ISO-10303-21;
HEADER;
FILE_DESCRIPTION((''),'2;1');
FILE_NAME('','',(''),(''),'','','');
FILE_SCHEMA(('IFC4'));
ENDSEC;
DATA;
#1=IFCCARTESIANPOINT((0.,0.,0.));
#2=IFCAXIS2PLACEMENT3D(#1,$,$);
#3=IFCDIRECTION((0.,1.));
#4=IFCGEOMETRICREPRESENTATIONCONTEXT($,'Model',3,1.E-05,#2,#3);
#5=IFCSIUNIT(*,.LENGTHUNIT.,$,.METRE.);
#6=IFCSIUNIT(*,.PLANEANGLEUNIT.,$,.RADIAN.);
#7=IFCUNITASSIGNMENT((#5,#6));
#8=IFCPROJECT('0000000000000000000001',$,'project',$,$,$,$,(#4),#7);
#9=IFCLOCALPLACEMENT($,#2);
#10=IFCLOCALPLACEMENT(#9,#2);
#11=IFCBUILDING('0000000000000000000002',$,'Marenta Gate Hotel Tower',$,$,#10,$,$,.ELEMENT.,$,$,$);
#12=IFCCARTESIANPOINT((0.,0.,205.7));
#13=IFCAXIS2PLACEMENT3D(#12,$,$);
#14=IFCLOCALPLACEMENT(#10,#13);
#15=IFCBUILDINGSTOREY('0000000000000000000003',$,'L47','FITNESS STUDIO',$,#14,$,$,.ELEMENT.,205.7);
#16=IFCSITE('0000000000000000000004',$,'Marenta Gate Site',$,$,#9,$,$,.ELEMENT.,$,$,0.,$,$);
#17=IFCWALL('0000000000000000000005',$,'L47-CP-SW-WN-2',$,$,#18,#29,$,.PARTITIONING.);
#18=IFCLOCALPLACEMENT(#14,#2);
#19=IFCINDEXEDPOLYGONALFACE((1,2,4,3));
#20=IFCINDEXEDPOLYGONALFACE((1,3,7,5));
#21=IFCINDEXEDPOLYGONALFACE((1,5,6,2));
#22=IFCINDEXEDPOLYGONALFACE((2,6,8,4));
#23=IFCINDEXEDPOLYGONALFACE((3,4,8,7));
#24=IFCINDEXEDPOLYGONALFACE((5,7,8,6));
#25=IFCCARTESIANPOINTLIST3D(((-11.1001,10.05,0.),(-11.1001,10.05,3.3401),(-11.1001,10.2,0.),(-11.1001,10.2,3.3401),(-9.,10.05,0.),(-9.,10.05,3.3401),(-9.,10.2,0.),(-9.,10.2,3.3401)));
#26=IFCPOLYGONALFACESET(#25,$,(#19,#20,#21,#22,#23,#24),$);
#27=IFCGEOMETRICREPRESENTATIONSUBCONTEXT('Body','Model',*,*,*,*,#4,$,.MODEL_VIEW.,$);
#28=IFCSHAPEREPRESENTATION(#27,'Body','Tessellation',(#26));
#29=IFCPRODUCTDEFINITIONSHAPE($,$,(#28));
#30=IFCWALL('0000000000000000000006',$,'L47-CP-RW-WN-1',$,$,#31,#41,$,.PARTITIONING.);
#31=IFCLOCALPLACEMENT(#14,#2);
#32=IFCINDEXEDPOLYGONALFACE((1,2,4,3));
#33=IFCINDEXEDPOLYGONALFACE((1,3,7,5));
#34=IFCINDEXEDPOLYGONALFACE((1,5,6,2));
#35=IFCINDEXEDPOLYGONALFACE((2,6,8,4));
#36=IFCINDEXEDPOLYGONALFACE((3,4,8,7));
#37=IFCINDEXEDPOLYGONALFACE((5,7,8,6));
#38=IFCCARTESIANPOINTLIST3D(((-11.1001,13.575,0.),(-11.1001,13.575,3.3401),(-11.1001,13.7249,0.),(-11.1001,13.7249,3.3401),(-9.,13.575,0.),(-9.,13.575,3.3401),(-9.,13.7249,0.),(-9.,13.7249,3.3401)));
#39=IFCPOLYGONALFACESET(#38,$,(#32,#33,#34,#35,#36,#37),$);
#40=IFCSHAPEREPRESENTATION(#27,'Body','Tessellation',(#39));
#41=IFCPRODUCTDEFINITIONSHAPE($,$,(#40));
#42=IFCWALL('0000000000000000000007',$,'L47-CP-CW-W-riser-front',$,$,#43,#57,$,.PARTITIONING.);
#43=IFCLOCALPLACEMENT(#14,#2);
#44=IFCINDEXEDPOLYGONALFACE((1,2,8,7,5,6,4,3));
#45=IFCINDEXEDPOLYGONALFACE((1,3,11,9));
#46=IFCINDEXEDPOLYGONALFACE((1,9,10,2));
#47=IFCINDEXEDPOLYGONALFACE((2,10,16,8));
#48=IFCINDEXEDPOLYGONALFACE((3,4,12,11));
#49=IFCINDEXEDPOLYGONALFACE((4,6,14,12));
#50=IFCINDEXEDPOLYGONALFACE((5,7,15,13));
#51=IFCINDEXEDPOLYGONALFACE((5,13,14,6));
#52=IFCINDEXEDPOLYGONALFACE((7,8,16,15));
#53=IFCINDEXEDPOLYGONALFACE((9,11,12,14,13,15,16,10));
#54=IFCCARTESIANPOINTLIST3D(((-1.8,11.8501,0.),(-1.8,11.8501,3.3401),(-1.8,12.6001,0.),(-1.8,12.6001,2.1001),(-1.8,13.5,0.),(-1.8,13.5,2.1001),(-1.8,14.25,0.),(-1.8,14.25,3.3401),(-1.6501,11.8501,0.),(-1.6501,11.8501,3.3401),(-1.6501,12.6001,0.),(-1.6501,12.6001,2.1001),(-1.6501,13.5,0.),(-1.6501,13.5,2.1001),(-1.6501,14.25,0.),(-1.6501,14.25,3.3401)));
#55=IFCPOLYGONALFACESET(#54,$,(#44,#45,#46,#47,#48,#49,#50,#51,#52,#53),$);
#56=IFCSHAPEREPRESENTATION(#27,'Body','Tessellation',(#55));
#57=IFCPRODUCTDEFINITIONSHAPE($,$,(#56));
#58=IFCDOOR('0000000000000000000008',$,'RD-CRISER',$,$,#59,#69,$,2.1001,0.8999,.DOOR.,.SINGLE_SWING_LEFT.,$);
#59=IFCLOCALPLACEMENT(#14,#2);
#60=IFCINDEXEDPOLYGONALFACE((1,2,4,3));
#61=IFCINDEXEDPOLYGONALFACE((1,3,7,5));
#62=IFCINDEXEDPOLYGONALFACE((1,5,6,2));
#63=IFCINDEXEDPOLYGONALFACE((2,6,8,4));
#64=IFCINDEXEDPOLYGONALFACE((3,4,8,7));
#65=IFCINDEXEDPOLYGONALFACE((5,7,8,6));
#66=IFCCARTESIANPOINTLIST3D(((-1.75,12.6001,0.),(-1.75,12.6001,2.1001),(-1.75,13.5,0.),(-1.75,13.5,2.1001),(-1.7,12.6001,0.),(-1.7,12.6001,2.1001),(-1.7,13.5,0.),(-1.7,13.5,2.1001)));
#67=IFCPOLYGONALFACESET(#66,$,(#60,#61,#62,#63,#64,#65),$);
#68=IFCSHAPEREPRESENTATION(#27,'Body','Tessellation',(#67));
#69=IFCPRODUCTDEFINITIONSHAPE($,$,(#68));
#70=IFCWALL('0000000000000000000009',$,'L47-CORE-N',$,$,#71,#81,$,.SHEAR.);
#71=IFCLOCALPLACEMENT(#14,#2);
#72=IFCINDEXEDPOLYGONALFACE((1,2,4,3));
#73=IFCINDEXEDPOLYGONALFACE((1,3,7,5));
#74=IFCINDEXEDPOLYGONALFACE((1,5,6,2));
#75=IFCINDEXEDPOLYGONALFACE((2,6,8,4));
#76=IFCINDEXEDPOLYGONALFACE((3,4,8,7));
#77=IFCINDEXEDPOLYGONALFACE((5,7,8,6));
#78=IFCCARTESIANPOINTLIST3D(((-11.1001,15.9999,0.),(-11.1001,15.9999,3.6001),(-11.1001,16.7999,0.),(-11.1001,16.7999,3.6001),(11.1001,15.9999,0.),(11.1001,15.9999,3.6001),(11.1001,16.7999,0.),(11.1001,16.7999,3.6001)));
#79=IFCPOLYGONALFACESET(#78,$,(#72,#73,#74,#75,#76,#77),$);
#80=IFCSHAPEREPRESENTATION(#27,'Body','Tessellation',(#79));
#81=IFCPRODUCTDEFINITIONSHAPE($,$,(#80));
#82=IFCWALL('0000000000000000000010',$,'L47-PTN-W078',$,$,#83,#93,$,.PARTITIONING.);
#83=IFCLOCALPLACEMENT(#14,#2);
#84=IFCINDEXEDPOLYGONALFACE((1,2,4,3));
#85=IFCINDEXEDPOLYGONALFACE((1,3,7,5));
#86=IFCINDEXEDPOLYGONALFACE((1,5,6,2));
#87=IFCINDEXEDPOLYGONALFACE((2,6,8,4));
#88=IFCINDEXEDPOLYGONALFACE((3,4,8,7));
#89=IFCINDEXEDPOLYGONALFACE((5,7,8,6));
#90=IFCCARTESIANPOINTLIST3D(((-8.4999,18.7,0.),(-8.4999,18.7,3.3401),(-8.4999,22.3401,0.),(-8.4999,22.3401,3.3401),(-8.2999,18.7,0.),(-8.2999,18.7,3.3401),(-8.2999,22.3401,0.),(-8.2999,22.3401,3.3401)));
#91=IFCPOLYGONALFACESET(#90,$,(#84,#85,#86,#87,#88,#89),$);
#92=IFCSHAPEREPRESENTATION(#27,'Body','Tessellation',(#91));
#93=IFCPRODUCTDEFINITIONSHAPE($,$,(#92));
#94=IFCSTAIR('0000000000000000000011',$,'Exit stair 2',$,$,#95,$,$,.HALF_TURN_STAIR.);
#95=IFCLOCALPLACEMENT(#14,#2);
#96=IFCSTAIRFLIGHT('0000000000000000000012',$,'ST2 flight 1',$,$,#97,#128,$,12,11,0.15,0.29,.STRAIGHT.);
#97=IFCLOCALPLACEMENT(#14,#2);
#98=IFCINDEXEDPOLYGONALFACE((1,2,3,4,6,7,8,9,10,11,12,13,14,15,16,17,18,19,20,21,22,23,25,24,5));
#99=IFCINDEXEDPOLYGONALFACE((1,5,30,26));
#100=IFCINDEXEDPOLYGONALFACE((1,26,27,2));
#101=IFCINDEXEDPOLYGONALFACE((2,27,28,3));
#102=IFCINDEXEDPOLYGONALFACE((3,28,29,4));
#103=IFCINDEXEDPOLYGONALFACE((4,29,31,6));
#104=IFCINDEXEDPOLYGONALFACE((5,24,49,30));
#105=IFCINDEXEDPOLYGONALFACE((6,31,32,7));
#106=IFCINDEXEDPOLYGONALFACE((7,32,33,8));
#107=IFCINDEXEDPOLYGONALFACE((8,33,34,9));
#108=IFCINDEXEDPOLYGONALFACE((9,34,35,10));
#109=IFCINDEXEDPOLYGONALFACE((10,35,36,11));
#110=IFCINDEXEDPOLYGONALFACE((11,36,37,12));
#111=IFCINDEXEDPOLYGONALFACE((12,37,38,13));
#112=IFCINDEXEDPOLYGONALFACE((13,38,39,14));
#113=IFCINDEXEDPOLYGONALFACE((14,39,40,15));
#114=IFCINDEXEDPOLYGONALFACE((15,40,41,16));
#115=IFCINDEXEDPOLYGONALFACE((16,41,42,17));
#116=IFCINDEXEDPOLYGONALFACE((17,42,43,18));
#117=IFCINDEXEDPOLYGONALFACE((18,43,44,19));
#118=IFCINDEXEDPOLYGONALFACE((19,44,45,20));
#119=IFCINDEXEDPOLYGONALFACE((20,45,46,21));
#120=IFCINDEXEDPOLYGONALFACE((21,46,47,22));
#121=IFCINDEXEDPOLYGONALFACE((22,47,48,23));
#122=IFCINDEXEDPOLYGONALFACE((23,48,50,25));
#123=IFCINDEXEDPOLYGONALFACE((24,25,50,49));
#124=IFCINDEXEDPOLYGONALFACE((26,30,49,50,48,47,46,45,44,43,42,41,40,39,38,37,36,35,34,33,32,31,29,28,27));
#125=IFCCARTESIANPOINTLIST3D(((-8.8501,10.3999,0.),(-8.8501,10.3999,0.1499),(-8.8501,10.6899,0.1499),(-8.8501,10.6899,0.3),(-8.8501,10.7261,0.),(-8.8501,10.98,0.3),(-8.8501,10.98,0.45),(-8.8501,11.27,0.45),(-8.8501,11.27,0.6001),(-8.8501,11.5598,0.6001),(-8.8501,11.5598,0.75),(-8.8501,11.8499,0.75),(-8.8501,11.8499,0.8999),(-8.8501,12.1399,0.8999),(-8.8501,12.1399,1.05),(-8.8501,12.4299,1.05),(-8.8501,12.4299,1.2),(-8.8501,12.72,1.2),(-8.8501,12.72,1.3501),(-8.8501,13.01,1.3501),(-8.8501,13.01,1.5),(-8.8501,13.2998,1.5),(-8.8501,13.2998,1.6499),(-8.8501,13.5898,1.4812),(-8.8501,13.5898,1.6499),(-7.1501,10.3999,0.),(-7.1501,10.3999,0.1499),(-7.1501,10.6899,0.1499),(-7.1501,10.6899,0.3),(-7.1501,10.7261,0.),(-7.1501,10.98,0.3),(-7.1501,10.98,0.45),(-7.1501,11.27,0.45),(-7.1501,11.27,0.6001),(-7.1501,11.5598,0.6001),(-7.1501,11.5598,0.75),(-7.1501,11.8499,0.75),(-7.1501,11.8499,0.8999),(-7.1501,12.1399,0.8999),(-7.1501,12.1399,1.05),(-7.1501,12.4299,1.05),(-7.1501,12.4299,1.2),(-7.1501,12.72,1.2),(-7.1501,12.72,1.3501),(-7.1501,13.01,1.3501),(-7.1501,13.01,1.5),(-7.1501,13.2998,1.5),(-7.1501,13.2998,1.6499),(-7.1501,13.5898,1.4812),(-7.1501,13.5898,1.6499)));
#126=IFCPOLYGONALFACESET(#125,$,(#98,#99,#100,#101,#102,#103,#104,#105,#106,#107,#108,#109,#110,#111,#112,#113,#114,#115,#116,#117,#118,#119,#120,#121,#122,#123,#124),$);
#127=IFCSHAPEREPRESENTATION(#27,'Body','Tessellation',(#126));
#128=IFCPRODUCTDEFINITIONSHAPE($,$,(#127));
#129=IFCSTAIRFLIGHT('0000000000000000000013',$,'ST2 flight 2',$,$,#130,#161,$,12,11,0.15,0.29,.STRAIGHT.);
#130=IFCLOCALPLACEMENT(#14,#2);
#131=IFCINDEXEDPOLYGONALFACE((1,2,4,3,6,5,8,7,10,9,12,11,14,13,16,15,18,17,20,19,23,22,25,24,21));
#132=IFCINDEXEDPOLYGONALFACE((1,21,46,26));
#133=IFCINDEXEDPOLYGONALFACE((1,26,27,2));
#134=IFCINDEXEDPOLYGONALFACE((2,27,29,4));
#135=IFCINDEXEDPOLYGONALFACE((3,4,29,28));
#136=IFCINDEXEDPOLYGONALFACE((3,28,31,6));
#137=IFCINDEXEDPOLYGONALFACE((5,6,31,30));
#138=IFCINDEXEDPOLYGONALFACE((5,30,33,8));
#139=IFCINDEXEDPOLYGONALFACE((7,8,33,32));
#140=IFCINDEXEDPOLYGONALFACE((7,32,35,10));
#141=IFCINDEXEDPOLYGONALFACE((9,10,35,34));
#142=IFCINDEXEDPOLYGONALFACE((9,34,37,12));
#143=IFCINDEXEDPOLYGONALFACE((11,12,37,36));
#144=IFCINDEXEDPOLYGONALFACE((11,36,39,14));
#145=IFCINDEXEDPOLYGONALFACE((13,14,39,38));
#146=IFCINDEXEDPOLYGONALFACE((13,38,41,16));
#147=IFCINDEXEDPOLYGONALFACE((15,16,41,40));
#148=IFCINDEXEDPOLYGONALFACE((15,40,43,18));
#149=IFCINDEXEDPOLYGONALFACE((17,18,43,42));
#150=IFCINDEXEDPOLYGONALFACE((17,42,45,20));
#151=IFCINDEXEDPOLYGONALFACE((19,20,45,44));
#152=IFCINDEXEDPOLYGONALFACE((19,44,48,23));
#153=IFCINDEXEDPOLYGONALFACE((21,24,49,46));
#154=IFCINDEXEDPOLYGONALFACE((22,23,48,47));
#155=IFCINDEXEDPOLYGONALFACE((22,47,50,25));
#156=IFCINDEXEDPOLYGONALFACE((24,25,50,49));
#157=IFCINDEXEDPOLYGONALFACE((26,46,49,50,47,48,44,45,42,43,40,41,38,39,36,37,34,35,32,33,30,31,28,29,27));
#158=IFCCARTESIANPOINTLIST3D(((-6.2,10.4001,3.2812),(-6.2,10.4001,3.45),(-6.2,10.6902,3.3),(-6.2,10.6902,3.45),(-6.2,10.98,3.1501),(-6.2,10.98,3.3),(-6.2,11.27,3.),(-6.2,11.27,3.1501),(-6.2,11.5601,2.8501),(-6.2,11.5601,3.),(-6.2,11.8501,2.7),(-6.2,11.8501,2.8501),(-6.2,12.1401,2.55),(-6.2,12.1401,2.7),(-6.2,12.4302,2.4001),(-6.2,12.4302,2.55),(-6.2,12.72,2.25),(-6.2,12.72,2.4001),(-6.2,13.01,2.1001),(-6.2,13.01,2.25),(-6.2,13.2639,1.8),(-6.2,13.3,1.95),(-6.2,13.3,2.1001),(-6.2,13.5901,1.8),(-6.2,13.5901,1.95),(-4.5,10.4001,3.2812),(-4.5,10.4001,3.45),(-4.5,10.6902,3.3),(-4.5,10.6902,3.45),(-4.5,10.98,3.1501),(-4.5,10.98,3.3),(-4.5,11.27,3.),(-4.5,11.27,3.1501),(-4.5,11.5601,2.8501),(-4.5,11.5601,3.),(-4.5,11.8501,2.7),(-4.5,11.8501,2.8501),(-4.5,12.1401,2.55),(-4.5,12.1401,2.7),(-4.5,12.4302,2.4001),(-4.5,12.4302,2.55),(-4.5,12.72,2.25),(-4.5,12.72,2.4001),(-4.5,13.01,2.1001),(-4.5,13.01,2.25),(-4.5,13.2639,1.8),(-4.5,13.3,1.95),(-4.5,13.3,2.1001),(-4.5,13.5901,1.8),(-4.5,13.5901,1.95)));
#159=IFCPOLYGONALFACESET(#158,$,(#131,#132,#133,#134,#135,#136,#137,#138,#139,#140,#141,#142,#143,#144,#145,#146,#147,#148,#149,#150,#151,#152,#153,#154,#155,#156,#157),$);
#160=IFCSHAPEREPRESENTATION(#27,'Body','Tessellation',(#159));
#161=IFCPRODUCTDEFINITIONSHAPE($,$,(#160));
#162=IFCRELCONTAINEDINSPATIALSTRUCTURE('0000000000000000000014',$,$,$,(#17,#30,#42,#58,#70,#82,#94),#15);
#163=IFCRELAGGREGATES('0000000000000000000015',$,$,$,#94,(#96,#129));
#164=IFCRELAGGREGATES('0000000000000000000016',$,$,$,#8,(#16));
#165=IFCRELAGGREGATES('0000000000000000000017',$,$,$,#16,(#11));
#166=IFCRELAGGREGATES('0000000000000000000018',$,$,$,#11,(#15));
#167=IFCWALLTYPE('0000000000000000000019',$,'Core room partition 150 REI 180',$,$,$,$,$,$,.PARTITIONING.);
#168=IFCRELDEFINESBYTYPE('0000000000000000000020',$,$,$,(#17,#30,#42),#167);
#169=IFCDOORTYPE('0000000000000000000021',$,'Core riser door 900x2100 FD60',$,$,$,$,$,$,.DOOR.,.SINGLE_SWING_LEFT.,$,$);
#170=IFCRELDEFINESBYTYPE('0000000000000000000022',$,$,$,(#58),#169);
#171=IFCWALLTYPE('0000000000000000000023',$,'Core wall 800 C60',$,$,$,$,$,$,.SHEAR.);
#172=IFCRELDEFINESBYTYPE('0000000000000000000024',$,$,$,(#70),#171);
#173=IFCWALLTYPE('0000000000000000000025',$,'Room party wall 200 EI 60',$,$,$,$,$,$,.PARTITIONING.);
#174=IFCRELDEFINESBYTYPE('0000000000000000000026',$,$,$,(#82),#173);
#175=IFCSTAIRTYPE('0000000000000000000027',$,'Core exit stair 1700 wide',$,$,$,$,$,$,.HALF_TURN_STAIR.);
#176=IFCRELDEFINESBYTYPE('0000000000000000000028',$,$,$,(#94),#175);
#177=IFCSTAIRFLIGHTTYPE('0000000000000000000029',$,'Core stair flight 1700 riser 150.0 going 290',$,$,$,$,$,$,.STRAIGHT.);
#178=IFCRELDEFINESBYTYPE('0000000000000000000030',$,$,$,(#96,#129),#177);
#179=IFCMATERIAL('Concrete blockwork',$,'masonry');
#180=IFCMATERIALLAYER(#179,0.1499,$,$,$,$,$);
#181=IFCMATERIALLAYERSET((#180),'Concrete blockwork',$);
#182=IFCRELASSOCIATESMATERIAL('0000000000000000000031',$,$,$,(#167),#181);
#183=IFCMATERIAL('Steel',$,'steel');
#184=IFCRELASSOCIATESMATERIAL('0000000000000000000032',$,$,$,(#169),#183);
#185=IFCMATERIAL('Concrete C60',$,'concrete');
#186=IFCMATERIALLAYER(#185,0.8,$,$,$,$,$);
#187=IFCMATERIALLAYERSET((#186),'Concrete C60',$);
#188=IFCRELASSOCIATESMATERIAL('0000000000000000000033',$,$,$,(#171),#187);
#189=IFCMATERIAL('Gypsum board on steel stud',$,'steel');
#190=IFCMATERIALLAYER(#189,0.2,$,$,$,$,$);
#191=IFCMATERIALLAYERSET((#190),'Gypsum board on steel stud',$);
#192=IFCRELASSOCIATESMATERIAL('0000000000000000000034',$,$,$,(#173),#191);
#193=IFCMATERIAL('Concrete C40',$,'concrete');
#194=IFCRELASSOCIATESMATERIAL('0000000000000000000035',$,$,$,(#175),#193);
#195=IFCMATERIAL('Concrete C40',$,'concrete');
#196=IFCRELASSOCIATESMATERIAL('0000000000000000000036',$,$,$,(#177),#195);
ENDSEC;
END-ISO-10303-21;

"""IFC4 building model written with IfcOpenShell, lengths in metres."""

from ifc_helpers import new_model, si_unit, direction, frame, frame_2d, origin, place, context, subcontext, project, spatial, polyline, rectangle, outline, extrude, material, layer, layer_set, type_object, element, fill, aggregate, save


model = new_model("IFC4")

# Units and contexts
model_context = context("Model", 3, precision=1e-05, world=origin(), true_north=direction((0.0, 1.0)))
body_context = subcontext(model_context, "Body", "Model", "MODEL_VIEW")
ifc_project = project(units=[si_unit("LENGTHUNIT", "METRE"), si_unit("PLANEANGLEUNIT", "RADIAN")], contexts=[model_context])

# Site, building, storey
site_placement = place(None, origin())
site = spatial("IfcSite", under=ifc_project, at=site_placement, Name="Marenta Gate Site", CompositionType="ELEMENT", RefElevation=0.0)
building_placement = place(site_placement, origin())
building = spatial("IfcBuilding", under=site, at=building_placement, Name="Marenta Gate Hotel Tower", CompositionType="ELEMENT")
storey_placement = place(building_placement, frame((0.0, 0.0, 205.7)))
storey = spatial("IfcBuildingStorey", under=building, at=storey_placement, Name="L47", Description="FITNESS STUDIO", CompositionType="ELEMENT", Elevation=205.7)

# Walls
ifc_material_1 = material(Name="Concrete blockwork", Category="masonry")
ifc_layer_1 = layer(ifc_material_1, 0.1499)
ifc_layer_set_1 = layer_set([ifc_layer_1], Name="Concrete blockwork")
wall_type_1 = type_object("IfcWallType", Name="Core room partition 150 REI 180", PredefinedType="PARTITIONING", material=ifc_layer_set_1)
for number, where, z_axis, x_axis, name in (
    (1, (-11.1001, 10.125, 0.0), (0.0, 0.0, 1.0), (1.0, 0.0, 0.0), "L47-CP-SW-WN-2"),
    (2, (-11.1001, 13.6499, 0.0), (0.0, 0.0, 1.0), (1.0, 0.0, 0.0), "L47-CP-RW-WN-1"),
):
    element("IfcWall", number, at=place(storey_placement, frame(where, z_axis=z_axis, x_axis=x_axis)), inside=storey, type_object=wall_type_1, Name=name, PredefinedType="PARTITIONING", context=body_context, shape_type="SweptSolid", body=[
        extrude(rectangle(XDim=2.1001, YDim=0.1499, at=frame_2d((1.05, 0.0))), origin(), (0.0, 0.0, 1.0), 3.3401),
    ])

# Wall, opening, door
wall_1_placement = place(storey_placement, frame((-1.7251, 11.8501, 0.0), z_axis=(0.0, 0.0, 1.0), x_axis=(0.0, 1.0, 0.0)))
wall_1 = element("IfcWall", 3, at=wall_1_placement, inside=storey, type_object=wall_type_1, Name="L47-CP-CW-W-riser-front", PredefinedType="PARTITIONING", context=body_context, shape_type="SweptSolid", body=[
    extrude(rectangle(XDim=2.3999, YDim=0.1499, at=frame_2d((1.2, 0.0))), origin(), (0.0, 0.0, 1.0), 3.3401),
])
opening_1_placement = place(wall_1_placement, frame((0.75, 0.0, 0.0)))
opening_1 = element("IfcOpeningElement", 4, at=opening_1_placement, cuts=wall_1, PredefinedType="OPENING", context=body_context, shape_type="SweptSolid", body=[
    extrude(rectangle(XDim=0.8999, YDim=2.1001, at=frame_2d((0.45, 1.05))), frame((0.0, 0.075, 0.0), z_axis=(0.0, -1.0, 0.0), x_axis=(1.0, 0.0, 0.0)), (0.0, 0.0, 1.0), 0.1499),
])
ifc_material_2 = material(Name="Steel", Category="steel")
door_type_1 = type_object("IfcDoorType", Name="Core riser door 900x2100 FD60", OperationType="SINGLE_SWING_LEFT", PredefinedType="DOOR", material=ifc_material_2)
door_1_placement = place(opening_1_placement, origin())
door_1 = element("IfcDoor", 5, at=door_1_placement, inside=storey, type_object=door_type_1, Name="RD-CRISER", OperationType="SINGLE_SWING_LEFT", OverallHeight=2.1001, OverallWidth=0.8999, PredefinedType="DOOR", context=body_context, shape_type="SweptSolid", body=[
    extrude(rectangle(XDim=0.8999, YDim=2.1001, at=frame_2d((0.45, 1.05))), frame((0.0, 0.0249, 0.0), z_axis=(0.0, -1.0, 0.0), x_axis=(1.0, 0.0, 0.0)), (0.0, 0.0, 1.0), 0.05),
])
fill(opening_1, door_1)

# Walls
ifc_material_3 = material(Name="Concrete C60", Category="concrete")
ifc_layer_2 = layer(ifc_material_3, 0.8)
ifc_layer_set_2 = layer_set([ifc_layer_2], Name="Concrete C60")
wall_type_2 = type_object("IfcWallType", Name="Core wall 800 C60", PredefinedType="SHEAR", material=ifc_layer_set_2)
wall_2_placement = place(storey_placement, frame((-11.1001, 16.3999, 0.0), z_axis=(0.0, 0.0, 1.0), x_axis=(1.0, 0.0, 0.0)))
element("IfcWall", 6, at=wall_2_placement, inside=storey, type_object=wall_type_2, Name="L47-CORE-N", PredefinedType="SHEAR", context=body_context, shape_type="SweptSolid", body=[
    extrude(rectangle(XDim=22.2002, YDim=0.8, at=frame_2d((11.1001, 0.0))), origin(), (0.0, 0.0, 1.0), 3.6001),
])
ifc_material_4 = material(Name="Gypsum board on steel stud", Category="steel")
ifc_layer_3 = layer(ifc_material_4, 0.2)
ifc_layer_set_3 = layer_set([ifc_layer_3], Name="Gypsum board on steel stud")
wall_type_3 = type_object("IfcWallType", Name="Room party wall 200 EI 60", PredefinedType="PARTITIONING", material=ifc_layer_set_3)
wall_3_placement = place(storey_placement, frame((-8.3999, 18.7, 0.0), z_axis=(0.0, 0.0, 1.0), x_axis=(0.0, 1.0, 0.0)))
element("IfcWall", 7, at=wall_3_placement, inside=storey, type_object=wall_type_3, Name="L47-PTN-W078", PredefinedType="PARTITIONING", context=body_context, shape_type="SweptSolid", body=[
    extrude(rectangle(XDim=3.6401, YDim=0.2, at=frame_2d((1.8201, 0.0))), origin(), (0.0, 0.0, 1.0), 3.3401),
])

# Stair, stair flights
ifc_material_5 = material(Name="Concrete C40", Category="concrete")
stair_type = type_object("IfcStairType", Name="Core exit stair 1700 wide", PredefinedType="HALF_TURN_STAIR", material=ifc_material_5)
stair_placement = place(storey_placement, origin())
stair = element("IfcStair", 8, at=stair_placement, inside=storey, type_object=stair_type, Name="Exit stair 2", PredefinedType="HALF_TURN_STAIR")
ifc_material_6 = material(Name="Concrete C40", Category="concrete")
stair_flight_type = type_object("IfcStairFlightType", Name="Core stair flight 1700 riser 150.0 going 290", PredefinedType="STRAIGHT", material=ifc_material_6)
stair_flight_1_placement = place(storey_placement, frame((-8.0, 10.3999, 0.0), z_axis=(0.0, 0.0, 1.0), x_axis=(0.0, 1.0, 0.0)))
stair_flight_1 = element("IfcStairFlight", 9, at=stair_flight_1_placement, type_object=stair_flight_type, Name="ST2 flight 1", NumberOfRisers=12, NumberOfTreads=11, PredefinedType="STRAIGHT", RiserHeight=0.15, TreadLength=0.29, context=body_context, shape_type="SweptSolid", body=[
    extrude(outline(polyline([(0.0, 0.0), (0.0, 0.1499), (0.29, 0.1499), (0.29, 0.3), (0.5801, 0.3), (0.5801, 0.45), (0.8701, 0.45), (0.8701, 0.6001), (1.1599, 0.6001), (1.1599, 0.75), (1.45, 0.75), (1.45, 0.8999), (1.74, 0.8999), (1.74, 1.05), (2.03, 1.05), (2.03, 1.2), (2.3201, 1.2), (2.3201, 1.3501), (2.6101, 1.3501), (2.6101, 1.5), (2.8999, 1.5), (2.8999, 1.6499), (3.1899, 1.6499), (3.1899, 1.8), (3.1899, 1.4812), (0.3262, 0.0), (0.0, 0.0)])), frame((0.0, 0.8501, 0.0), z_axis=(0.0, -1.0, 0.0), x_axis=(1.0, 0.0, 0.0)), (0.0, 0.0, 1.0), 1.7),
])
stair_flight_2_placement = place(storey_placement, frame((-5.3501, 13.5901, 1.8), z_axis=(0.0, 0.0, 1.0), x_axis=(0.0, -1.0, 0.0)))
stair_flight_2 = element("IfcStairFlight", 10, at=stair_flight_2_placement, type_object=stair_flight_type, Name="ST2 flight 2", NumberOfRisers=12, NumberOfTreads=11, PredefinedType="STRAIGHT", RiserHeight=0.15, TreadLength=0.29, context=body_context, shape_type="SweptSolid", body=[
    extrude(outline(polyline([(0.0, 0.0), (0.0, 0.1499), (0.29, 0.1499), (0.29, 0.3), (0.5801, 0.3), (0.5801, 0.45), (0.8701, 0.45), (0.8701, 0.6001), (1.1599, 0.6001), (1.1599, 0.75), (1.45, 0.75), (1.45, 0.8999), (1.74, 0.8999), (1.74, 1.05), (2.03, 1.05), (2.03, 1.2), (2.3201, 1.2), (2.3201, 1.3501), (2.6101, 1.3501), (2.6101, 1.5), (2.8999, 1.5), (2.8999, 1.6499), (3.1899, 1.6499), (3.1899, 1.8), (3.1899, 1.4812), (0.3262, 0.0), (0.0, 0.0)])), frame((0.0, 0.8501, 0.0), z_axis=(0.0, -1.0, 0.0), x_axis=(1.0, 0.0, 0.0)), (0.0, 0.0, 1.0), 1.7),
])
aggregate(stair, [stair_flight_1, stair_flight_2])

save(model, "model.ifc")
